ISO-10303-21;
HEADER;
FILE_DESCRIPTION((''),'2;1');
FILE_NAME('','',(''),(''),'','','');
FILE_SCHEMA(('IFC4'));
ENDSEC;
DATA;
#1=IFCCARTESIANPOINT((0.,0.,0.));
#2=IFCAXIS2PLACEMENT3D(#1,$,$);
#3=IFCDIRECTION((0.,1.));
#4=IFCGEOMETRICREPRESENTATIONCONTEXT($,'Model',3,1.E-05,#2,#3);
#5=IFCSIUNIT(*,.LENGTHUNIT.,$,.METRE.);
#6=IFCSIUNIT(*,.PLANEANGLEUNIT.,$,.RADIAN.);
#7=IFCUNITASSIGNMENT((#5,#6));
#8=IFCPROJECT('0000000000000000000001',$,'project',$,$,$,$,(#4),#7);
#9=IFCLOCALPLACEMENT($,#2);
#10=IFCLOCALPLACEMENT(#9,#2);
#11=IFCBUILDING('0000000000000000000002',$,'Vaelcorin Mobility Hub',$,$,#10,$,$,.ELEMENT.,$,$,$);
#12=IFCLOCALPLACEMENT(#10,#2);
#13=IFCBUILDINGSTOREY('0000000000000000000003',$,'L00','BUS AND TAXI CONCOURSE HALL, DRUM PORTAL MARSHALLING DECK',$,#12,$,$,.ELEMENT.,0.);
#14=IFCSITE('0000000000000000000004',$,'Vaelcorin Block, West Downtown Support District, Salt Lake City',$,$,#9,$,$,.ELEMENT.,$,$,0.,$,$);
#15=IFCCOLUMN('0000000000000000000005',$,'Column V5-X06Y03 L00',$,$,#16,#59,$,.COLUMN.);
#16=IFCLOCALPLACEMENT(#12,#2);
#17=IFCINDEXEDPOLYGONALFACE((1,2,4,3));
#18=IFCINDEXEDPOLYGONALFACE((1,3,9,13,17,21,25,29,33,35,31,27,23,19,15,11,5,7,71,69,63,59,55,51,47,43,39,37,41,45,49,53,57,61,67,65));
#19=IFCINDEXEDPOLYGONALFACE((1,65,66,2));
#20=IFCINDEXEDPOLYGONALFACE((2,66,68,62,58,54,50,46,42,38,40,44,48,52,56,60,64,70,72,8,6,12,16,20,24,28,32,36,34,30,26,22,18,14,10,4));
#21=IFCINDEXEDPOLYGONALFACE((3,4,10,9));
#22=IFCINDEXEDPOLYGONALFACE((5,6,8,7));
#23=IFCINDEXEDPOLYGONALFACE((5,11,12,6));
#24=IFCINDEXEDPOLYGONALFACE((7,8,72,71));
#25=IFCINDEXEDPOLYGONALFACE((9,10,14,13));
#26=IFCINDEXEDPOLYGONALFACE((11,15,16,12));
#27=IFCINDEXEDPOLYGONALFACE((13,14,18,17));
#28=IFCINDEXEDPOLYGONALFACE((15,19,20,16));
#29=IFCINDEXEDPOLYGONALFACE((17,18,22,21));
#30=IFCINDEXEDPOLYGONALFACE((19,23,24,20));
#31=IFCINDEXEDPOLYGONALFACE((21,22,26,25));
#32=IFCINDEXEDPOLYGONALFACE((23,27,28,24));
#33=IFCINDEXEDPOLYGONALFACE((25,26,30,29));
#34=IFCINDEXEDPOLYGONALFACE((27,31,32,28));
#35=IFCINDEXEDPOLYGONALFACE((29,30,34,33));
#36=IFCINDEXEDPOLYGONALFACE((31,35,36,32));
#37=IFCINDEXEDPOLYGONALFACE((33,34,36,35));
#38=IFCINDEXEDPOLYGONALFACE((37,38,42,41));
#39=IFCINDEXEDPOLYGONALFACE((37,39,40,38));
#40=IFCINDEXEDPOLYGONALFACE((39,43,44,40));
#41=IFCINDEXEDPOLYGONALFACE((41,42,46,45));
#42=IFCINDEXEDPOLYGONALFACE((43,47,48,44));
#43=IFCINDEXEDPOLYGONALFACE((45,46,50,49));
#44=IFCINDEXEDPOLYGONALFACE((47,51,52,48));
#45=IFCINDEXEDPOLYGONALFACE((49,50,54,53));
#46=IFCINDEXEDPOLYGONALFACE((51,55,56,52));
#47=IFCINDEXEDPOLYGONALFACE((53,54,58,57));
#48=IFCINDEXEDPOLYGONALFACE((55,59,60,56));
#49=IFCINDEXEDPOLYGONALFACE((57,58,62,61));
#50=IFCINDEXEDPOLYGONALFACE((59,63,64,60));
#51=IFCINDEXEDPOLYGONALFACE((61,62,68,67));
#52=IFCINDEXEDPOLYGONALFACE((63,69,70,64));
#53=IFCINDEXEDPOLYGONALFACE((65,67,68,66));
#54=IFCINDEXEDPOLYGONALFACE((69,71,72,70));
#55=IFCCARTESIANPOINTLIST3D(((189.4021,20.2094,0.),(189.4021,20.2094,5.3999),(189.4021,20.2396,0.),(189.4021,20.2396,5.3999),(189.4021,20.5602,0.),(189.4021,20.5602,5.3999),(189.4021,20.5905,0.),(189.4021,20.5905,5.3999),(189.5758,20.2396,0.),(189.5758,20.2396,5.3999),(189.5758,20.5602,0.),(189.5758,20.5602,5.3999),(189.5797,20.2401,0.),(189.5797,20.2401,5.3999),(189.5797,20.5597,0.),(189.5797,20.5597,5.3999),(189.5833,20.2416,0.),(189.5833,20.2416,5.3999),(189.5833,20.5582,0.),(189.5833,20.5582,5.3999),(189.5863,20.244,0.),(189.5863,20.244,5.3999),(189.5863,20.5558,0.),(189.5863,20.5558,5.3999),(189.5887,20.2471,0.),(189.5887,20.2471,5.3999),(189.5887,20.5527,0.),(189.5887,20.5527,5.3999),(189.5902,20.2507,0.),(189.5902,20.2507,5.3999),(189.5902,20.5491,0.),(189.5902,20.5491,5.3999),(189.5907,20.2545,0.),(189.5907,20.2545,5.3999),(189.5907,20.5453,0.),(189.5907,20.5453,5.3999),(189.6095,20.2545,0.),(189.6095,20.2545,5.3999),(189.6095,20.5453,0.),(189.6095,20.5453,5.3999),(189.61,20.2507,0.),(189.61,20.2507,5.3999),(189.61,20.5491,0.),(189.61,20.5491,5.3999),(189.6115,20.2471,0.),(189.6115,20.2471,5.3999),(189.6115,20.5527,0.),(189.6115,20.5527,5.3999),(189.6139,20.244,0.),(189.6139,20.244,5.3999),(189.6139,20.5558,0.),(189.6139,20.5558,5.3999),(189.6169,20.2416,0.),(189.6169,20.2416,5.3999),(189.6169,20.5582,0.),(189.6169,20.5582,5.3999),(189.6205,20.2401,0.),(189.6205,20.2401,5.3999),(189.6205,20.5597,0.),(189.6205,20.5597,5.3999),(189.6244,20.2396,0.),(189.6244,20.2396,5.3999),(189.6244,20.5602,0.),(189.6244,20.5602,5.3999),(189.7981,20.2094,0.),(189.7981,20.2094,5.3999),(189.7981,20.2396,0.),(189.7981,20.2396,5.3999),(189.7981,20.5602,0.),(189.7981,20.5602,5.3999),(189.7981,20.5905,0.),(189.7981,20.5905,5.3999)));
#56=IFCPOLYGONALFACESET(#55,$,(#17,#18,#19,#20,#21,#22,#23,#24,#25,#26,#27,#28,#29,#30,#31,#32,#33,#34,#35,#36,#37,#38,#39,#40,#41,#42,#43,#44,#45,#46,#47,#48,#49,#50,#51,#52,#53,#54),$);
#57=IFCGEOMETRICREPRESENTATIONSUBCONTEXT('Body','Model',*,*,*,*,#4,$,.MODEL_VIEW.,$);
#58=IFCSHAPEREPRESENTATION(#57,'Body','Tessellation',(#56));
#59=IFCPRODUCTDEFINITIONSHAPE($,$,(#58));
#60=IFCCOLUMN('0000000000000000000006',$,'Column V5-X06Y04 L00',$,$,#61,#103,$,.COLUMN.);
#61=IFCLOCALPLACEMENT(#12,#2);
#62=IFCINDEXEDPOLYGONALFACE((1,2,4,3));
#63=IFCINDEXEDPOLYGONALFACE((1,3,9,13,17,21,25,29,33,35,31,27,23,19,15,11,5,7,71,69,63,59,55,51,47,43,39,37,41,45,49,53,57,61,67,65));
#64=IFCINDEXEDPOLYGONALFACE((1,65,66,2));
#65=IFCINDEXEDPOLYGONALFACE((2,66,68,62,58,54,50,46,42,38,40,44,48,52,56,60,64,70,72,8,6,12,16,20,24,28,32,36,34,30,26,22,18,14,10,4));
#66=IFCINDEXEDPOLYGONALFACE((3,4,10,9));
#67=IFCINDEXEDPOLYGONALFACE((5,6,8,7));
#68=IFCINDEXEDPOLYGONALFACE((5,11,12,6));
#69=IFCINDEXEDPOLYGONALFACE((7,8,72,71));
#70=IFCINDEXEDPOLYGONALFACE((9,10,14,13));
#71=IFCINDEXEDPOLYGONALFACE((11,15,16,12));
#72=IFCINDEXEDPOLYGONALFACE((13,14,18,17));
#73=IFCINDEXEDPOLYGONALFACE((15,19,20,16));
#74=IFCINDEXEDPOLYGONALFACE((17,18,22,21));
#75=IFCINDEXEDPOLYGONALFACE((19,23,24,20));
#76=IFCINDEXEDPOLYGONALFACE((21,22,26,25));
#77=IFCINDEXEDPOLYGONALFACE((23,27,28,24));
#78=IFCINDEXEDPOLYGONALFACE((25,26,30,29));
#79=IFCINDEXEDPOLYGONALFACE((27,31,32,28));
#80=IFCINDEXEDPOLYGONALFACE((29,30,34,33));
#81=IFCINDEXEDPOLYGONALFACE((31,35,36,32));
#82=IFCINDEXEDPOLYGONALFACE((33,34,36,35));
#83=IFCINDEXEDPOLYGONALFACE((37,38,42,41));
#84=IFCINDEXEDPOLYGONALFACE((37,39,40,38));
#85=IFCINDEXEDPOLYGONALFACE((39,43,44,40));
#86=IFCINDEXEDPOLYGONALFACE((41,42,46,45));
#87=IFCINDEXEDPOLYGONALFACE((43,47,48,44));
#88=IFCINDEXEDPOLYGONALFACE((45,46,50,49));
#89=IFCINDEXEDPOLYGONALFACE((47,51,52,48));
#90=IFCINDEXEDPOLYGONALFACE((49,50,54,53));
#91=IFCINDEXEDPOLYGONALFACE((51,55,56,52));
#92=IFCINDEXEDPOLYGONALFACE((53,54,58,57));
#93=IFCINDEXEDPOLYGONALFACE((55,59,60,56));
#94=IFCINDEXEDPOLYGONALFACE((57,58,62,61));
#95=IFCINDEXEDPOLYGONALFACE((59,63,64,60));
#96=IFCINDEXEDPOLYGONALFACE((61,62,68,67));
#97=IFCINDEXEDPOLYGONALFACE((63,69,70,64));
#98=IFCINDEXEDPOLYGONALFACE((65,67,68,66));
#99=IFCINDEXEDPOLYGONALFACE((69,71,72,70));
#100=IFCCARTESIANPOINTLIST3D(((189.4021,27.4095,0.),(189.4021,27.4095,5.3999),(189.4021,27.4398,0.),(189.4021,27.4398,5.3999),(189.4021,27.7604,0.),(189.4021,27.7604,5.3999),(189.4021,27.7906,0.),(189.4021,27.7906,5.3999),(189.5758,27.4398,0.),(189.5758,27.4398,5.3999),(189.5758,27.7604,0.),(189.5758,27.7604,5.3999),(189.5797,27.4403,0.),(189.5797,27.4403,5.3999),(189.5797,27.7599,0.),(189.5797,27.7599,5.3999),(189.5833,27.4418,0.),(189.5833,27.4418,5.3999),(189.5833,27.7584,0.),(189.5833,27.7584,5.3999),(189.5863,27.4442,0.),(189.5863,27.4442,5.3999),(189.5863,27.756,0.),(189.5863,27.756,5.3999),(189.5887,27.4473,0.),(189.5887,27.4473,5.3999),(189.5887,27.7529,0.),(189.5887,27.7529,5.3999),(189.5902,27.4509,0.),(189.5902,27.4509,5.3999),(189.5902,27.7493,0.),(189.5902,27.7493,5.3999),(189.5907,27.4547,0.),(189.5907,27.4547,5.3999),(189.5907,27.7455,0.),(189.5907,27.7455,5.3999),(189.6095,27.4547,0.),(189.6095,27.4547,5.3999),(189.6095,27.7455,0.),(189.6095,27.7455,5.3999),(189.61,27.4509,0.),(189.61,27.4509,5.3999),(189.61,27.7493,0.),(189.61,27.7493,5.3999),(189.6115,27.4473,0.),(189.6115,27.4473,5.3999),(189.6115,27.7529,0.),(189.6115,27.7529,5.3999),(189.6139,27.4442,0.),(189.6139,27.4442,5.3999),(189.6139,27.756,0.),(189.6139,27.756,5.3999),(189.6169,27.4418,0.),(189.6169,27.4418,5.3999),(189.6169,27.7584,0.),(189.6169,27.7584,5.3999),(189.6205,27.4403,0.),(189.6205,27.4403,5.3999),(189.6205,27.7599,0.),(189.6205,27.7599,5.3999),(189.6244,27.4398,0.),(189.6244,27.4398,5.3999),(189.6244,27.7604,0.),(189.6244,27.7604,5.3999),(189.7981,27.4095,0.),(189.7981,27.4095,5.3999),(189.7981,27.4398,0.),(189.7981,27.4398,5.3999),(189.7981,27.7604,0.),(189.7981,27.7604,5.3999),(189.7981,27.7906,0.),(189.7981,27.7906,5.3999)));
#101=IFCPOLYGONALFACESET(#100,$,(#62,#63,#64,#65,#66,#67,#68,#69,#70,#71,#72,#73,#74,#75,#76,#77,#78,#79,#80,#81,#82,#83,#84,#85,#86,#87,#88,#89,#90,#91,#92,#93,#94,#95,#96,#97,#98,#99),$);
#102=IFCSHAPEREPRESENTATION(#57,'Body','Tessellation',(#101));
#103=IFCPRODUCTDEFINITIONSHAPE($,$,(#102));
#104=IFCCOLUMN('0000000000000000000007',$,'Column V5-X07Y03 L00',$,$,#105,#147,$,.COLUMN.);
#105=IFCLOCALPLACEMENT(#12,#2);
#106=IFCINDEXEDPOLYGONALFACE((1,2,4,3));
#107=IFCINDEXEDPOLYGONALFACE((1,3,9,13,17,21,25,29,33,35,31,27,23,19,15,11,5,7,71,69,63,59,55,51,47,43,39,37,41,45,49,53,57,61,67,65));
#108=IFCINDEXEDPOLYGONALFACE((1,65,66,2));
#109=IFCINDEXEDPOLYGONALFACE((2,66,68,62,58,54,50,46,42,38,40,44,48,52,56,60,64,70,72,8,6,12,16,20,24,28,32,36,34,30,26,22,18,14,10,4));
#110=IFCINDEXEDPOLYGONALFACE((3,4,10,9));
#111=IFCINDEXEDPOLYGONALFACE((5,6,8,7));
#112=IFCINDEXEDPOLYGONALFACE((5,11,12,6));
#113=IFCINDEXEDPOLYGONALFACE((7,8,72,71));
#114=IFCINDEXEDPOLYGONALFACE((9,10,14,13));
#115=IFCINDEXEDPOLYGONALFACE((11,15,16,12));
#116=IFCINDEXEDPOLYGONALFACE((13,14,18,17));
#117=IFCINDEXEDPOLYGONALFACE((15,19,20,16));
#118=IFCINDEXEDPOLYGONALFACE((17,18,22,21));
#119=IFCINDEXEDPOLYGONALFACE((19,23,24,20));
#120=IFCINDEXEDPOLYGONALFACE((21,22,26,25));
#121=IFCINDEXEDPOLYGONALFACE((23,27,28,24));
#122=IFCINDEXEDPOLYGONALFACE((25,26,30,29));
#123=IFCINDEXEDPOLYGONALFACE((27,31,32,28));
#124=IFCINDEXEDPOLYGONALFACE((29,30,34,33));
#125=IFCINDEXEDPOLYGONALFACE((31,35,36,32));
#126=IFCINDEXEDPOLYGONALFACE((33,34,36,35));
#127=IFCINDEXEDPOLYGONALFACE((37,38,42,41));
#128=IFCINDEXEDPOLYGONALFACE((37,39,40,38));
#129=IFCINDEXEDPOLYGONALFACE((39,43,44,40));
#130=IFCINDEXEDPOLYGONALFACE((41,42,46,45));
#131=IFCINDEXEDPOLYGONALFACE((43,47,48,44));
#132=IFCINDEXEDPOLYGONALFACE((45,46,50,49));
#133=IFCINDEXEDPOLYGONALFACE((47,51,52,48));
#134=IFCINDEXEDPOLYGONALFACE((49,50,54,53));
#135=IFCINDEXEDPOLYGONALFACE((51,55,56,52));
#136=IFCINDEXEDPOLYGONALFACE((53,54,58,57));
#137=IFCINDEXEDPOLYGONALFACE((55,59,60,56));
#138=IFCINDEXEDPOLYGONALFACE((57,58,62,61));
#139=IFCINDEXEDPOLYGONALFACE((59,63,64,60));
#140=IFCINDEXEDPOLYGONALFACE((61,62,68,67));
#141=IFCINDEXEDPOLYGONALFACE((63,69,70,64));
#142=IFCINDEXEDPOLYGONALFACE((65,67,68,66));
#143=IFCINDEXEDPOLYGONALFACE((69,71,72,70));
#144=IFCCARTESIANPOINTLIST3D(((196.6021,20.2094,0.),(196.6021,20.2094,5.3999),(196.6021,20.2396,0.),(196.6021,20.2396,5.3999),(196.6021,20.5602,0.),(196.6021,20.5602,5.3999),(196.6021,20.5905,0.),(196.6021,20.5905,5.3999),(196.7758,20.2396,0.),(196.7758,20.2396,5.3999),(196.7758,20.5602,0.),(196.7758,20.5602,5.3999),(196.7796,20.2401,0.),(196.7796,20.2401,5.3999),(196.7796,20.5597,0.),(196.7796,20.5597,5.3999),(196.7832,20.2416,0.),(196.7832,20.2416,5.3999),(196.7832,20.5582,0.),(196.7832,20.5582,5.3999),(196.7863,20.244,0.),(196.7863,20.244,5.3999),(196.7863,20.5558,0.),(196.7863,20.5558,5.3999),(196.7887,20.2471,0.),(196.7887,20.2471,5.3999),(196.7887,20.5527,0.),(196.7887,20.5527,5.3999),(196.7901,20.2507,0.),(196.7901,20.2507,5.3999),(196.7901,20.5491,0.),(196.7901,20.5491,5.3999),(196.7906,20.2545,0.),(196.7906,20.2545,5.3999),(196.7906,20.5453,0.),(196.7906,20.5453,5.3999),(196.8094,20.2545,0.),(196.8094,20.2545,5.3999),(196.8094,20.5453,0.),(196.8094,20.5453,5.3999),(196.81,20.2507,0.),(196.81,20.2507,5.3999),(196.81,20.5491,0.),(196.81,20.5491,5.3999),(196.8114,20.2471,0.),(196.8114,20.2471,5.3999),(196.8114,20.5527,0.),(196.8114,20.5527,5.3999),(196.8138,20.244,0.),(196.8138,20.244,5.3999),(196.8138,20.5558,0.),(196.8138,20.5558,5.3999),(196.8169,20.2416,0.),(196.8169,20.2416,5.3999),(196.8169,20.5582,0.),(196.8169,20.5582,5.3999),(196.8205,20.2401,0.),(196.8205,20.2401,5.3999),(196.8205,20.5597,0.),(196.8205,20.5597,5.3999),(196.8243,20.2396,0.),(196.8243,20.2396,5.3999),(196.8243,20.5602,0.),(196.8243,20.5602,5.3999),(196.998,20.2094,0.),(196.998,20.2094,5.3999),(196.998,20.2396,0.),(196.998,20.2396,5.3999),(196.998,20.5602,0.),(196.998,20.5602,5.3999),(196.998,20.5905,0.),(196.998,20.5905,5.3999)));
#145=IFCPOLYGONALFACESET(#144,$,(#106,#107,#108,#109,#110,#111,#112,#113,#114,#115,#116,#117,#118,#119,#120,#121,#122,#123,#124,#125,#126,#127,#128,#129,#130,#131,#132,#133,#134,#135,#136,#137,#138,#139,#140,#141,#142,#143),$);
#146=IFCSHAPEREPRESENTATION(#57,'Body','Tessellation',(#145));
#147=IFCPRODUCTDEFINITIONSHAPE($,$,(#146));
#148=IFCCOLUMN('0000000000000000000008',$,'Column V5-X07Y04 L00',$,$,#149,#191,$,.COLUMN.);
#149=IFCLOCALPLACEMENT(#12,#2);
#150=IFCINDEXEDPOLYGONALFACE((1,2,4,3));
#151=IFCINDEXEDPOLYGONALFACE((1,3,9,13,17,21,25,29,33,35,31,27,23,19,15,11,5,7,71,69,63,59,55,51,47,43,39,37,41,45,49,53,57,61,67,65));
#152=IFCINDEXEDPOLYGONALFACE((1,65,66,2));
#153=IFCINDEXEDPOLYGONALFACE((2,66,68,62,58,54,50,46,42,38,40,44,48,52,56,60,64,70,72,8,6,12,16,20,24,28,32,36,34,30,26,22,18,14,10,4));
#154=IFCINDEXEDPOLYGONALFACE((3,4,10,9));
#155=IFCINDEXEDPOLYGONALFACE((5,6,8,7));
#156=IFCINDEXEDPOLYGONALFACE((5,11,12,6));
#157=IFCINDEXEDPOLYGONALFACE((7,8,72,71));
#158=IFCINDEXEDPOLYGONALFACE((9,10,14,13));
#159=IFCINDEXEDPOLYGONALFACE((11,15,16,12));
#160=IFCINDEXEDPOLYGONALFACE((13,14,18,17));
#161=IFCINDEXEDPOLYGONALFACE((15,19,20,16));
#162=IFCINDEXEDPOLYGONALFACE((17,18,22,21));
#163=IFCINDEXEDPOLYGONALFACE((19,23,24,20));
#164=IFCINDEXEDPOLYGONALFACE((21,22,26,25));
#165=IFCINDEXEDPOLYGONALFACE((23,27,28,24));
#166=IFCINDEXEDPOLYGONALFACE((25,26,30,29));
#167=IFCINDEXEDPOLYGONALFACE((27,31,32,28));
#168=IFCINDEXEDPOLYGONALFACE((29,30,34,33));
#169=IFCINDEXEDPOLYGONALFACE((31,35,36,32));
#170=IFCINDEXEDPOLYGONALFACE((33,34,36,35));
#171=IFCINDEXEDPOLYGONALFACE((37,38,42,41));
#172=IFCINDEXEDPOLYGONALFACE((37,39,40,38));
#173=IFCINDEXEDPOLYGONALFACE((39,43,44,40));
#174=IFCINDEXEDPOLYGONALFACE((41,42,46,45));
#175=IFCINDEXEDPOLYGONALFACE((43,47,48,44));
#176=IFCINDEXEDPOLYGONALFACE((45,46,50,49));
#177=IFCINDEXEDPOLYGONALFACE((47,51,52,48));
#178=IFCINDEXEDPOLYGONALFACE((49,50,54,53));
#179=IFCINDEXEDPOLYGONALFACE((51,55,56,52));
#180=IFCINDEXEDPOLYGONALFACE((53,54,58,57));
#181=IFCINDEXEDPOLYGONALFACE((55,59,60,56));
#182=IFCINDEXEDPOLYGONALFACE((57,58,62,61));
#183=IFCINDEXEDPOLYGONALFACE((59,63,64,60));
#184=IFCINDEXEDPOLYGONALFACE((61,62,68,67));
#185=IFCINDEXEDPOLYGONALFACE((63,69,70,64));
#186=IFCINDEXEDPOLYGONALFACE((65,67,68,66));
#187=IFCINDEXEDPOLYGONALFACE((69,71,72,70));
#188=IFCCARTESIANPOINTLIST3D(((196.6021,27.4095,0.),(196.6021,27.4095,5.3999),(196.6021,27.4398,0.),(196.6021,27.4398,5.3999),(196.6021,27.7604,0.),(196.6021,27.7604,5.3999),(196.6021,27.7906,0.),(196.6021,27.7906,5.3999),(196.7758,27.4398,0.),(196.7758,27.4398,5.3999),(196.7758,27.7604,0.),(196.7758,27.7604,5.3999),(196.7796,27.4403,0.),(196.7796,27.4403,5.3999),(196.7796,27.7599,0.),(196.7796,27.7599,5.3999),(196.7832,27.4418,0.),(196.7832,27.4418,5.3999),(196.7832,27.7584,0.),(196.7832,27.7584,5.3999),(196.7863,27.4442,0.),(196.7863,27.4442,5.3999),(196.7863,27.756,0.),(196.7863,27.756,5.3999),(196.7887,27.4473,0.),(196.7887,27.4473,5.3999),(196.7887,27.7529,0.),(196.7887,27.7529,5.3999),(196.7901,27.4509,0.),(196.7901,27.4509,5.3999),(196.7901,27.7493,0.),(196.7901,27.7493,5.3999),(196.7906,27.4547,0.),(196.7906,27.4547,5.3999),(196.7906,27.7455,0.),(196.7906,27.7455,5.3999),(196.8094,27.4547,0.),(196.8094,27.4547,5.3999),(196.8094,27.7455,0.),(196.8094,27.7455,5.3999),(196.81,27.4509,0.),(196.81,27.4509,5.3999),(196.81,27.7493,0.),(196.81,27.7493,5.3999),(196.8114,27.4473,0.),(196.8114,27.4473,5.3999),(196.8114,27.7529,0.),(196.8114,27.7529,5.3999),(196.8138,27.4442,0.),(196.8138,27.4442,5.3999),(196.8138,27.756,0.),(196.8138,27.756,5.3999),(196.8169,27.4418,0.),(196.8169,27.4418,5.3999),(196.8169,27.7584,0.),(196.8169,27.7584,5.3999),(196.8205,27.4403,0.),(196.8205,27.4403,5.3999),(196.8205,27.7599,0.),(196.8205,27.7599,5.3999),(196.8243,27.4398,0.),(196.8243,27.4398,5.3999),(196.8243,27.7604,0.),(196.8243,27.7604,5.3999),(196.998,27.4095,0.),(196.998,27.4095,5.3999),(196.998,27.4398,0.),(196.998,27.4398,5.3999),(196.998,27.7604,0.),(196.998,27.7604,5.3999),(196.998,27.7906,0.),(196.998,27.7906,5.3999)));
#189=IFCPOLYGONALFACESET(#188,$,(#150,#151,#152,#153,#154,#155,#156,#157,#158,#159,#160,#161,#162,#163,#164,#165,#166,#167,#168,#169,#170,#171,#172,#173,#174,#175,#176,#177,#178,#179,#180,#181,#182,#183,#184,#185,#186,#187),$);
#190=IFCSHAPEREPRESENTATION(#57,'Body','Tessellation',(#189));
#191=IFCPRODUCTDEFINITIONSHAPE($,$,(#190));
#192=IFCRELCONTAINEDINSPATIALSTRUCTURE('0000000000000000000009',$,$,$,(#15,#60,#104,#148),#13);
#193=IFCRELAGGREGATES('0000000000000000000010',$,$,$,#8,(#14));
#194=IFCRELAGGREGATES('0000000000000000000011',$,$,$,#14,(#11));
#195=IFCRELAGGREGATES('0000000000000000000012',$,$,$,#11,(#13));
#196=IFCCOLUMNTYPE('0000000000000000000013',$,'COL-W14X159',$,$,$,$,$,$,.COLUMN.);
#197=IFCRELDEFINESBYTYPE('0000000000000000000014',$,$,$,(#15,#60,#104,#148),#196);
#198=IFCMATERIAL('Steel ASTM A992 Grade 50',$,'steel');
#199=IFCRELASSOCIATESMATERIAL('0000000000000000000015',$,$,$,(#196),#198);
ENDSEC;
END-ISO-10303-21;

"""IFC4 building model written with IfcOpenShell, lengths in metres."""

from ifc_helpers import new_model, si_unit, direction, frame, origin, origin_2d, place, context, subcontext, project, spatial, i_section, extrude, material, material_profile, profile_set, type_object, element, save


model = new_model("IFC4")

# Units and contexts
model_context = context("Model", 3, precision=1e-05, world=origin(), true_north=direction((0.0, 1.0)))
body_context = subcontext(model_context, "Body", "Model", "MODEL_VIEW")
ifc_project = project(units=[si_unit("LENGTHUNIT", "METRE"), si_unit("PLANEANGLEUNIT", "RADIAN")], contexts=[model_context])

# Site, building, storey
site_placement = place(None, origin())
site = spatial("IfcSite", under=ifc_project, at=site_placement, Name="Vaelcorin Block, West Downtown Support District, Salt Lake City", CompositionType="ELEMENT", RefElevation=0.0)
building_placement = place(site_placement, origin())
building = spatial("IfcBuilding", under=site, at=building_placement, Name="Vaelcorin Mobility Hub", CompositionType="ELEMENT")
storey_placement = place(building_placement, origin())
storey = spatial("IfcBuildingStorey", under=building, at=storey_placement, Name="L00", Description="BUS AND TAXI CONCOURSE HALL, DRUM PORTAL MARSHALLING DECK", CompositionType="ELEMENT", Elevation=0.0)

# Columns
ifc_material_1 = material(Name="Steel ASTM A992 Grade 50", Category="steel")
ifc_material_profile_1 = material_profile(ifc_material_1, i_section(OverallWidth=0.396, OverallDepth=0.3811, WebThickness=0.0188, FlangeThickness=0.0303, FilletRadius=0.0149, at=origin_2d()), Name="W14X159")
ifc_profile_set_1 = profile_set([ifc_material_profile_1], Name="Steel ASTM A992 Grade 50")
column_type = type_object("IfcColumnType", Name="COL-W14X159", PredefinedType="COLUMN", material=ifc_profile_set_1)
for number, where, z_axis, x_axis, name in (
    (1, (189.6001, 20.3999, 0.0), (0.0, 0.0, 1.0), (1.0, 0.0, 0.0), "Column V5-X06Y03 L00"),
    (2, (189.6001, 27.6001, 0.0), (0.0, 0.0, 1.0), (1.0, 0.0, 0.0), "Column V5-X06Y04 L00"),
    (3, (196.8, 20.3999, 0.0), (0.0, 0.0, 1.0), (1.0, 0.0, 0.0), "Column V5-X07Y03 L00"),
    (4, (196.8, 27.6001, 0.0), (0.0, 0.0, 1.0), (1.0, 0.0, 0.0), "Column V5-X07Y04 L00"),
):
    element("IfcColumn", number, at=place(storey_placement, frame(where, z_axis=z_axis, x_axis=x_axis)), inside=storey, type_object=column_type, Name=name, PredefinedType="COLUMN", context=body_context, shape_type="SweptSolid", body=[
        extrude(i_section(OverallWidth=0.396, OverallDepth=0.3811, WebThickness=0.0188, FlangeThickness=0.0303, FilletRadius=0.0149, at=origin_2d()), origin(), (0.0, 0.0, 1.0), 5.3999),
    ])

save(model, "model.ifc")
